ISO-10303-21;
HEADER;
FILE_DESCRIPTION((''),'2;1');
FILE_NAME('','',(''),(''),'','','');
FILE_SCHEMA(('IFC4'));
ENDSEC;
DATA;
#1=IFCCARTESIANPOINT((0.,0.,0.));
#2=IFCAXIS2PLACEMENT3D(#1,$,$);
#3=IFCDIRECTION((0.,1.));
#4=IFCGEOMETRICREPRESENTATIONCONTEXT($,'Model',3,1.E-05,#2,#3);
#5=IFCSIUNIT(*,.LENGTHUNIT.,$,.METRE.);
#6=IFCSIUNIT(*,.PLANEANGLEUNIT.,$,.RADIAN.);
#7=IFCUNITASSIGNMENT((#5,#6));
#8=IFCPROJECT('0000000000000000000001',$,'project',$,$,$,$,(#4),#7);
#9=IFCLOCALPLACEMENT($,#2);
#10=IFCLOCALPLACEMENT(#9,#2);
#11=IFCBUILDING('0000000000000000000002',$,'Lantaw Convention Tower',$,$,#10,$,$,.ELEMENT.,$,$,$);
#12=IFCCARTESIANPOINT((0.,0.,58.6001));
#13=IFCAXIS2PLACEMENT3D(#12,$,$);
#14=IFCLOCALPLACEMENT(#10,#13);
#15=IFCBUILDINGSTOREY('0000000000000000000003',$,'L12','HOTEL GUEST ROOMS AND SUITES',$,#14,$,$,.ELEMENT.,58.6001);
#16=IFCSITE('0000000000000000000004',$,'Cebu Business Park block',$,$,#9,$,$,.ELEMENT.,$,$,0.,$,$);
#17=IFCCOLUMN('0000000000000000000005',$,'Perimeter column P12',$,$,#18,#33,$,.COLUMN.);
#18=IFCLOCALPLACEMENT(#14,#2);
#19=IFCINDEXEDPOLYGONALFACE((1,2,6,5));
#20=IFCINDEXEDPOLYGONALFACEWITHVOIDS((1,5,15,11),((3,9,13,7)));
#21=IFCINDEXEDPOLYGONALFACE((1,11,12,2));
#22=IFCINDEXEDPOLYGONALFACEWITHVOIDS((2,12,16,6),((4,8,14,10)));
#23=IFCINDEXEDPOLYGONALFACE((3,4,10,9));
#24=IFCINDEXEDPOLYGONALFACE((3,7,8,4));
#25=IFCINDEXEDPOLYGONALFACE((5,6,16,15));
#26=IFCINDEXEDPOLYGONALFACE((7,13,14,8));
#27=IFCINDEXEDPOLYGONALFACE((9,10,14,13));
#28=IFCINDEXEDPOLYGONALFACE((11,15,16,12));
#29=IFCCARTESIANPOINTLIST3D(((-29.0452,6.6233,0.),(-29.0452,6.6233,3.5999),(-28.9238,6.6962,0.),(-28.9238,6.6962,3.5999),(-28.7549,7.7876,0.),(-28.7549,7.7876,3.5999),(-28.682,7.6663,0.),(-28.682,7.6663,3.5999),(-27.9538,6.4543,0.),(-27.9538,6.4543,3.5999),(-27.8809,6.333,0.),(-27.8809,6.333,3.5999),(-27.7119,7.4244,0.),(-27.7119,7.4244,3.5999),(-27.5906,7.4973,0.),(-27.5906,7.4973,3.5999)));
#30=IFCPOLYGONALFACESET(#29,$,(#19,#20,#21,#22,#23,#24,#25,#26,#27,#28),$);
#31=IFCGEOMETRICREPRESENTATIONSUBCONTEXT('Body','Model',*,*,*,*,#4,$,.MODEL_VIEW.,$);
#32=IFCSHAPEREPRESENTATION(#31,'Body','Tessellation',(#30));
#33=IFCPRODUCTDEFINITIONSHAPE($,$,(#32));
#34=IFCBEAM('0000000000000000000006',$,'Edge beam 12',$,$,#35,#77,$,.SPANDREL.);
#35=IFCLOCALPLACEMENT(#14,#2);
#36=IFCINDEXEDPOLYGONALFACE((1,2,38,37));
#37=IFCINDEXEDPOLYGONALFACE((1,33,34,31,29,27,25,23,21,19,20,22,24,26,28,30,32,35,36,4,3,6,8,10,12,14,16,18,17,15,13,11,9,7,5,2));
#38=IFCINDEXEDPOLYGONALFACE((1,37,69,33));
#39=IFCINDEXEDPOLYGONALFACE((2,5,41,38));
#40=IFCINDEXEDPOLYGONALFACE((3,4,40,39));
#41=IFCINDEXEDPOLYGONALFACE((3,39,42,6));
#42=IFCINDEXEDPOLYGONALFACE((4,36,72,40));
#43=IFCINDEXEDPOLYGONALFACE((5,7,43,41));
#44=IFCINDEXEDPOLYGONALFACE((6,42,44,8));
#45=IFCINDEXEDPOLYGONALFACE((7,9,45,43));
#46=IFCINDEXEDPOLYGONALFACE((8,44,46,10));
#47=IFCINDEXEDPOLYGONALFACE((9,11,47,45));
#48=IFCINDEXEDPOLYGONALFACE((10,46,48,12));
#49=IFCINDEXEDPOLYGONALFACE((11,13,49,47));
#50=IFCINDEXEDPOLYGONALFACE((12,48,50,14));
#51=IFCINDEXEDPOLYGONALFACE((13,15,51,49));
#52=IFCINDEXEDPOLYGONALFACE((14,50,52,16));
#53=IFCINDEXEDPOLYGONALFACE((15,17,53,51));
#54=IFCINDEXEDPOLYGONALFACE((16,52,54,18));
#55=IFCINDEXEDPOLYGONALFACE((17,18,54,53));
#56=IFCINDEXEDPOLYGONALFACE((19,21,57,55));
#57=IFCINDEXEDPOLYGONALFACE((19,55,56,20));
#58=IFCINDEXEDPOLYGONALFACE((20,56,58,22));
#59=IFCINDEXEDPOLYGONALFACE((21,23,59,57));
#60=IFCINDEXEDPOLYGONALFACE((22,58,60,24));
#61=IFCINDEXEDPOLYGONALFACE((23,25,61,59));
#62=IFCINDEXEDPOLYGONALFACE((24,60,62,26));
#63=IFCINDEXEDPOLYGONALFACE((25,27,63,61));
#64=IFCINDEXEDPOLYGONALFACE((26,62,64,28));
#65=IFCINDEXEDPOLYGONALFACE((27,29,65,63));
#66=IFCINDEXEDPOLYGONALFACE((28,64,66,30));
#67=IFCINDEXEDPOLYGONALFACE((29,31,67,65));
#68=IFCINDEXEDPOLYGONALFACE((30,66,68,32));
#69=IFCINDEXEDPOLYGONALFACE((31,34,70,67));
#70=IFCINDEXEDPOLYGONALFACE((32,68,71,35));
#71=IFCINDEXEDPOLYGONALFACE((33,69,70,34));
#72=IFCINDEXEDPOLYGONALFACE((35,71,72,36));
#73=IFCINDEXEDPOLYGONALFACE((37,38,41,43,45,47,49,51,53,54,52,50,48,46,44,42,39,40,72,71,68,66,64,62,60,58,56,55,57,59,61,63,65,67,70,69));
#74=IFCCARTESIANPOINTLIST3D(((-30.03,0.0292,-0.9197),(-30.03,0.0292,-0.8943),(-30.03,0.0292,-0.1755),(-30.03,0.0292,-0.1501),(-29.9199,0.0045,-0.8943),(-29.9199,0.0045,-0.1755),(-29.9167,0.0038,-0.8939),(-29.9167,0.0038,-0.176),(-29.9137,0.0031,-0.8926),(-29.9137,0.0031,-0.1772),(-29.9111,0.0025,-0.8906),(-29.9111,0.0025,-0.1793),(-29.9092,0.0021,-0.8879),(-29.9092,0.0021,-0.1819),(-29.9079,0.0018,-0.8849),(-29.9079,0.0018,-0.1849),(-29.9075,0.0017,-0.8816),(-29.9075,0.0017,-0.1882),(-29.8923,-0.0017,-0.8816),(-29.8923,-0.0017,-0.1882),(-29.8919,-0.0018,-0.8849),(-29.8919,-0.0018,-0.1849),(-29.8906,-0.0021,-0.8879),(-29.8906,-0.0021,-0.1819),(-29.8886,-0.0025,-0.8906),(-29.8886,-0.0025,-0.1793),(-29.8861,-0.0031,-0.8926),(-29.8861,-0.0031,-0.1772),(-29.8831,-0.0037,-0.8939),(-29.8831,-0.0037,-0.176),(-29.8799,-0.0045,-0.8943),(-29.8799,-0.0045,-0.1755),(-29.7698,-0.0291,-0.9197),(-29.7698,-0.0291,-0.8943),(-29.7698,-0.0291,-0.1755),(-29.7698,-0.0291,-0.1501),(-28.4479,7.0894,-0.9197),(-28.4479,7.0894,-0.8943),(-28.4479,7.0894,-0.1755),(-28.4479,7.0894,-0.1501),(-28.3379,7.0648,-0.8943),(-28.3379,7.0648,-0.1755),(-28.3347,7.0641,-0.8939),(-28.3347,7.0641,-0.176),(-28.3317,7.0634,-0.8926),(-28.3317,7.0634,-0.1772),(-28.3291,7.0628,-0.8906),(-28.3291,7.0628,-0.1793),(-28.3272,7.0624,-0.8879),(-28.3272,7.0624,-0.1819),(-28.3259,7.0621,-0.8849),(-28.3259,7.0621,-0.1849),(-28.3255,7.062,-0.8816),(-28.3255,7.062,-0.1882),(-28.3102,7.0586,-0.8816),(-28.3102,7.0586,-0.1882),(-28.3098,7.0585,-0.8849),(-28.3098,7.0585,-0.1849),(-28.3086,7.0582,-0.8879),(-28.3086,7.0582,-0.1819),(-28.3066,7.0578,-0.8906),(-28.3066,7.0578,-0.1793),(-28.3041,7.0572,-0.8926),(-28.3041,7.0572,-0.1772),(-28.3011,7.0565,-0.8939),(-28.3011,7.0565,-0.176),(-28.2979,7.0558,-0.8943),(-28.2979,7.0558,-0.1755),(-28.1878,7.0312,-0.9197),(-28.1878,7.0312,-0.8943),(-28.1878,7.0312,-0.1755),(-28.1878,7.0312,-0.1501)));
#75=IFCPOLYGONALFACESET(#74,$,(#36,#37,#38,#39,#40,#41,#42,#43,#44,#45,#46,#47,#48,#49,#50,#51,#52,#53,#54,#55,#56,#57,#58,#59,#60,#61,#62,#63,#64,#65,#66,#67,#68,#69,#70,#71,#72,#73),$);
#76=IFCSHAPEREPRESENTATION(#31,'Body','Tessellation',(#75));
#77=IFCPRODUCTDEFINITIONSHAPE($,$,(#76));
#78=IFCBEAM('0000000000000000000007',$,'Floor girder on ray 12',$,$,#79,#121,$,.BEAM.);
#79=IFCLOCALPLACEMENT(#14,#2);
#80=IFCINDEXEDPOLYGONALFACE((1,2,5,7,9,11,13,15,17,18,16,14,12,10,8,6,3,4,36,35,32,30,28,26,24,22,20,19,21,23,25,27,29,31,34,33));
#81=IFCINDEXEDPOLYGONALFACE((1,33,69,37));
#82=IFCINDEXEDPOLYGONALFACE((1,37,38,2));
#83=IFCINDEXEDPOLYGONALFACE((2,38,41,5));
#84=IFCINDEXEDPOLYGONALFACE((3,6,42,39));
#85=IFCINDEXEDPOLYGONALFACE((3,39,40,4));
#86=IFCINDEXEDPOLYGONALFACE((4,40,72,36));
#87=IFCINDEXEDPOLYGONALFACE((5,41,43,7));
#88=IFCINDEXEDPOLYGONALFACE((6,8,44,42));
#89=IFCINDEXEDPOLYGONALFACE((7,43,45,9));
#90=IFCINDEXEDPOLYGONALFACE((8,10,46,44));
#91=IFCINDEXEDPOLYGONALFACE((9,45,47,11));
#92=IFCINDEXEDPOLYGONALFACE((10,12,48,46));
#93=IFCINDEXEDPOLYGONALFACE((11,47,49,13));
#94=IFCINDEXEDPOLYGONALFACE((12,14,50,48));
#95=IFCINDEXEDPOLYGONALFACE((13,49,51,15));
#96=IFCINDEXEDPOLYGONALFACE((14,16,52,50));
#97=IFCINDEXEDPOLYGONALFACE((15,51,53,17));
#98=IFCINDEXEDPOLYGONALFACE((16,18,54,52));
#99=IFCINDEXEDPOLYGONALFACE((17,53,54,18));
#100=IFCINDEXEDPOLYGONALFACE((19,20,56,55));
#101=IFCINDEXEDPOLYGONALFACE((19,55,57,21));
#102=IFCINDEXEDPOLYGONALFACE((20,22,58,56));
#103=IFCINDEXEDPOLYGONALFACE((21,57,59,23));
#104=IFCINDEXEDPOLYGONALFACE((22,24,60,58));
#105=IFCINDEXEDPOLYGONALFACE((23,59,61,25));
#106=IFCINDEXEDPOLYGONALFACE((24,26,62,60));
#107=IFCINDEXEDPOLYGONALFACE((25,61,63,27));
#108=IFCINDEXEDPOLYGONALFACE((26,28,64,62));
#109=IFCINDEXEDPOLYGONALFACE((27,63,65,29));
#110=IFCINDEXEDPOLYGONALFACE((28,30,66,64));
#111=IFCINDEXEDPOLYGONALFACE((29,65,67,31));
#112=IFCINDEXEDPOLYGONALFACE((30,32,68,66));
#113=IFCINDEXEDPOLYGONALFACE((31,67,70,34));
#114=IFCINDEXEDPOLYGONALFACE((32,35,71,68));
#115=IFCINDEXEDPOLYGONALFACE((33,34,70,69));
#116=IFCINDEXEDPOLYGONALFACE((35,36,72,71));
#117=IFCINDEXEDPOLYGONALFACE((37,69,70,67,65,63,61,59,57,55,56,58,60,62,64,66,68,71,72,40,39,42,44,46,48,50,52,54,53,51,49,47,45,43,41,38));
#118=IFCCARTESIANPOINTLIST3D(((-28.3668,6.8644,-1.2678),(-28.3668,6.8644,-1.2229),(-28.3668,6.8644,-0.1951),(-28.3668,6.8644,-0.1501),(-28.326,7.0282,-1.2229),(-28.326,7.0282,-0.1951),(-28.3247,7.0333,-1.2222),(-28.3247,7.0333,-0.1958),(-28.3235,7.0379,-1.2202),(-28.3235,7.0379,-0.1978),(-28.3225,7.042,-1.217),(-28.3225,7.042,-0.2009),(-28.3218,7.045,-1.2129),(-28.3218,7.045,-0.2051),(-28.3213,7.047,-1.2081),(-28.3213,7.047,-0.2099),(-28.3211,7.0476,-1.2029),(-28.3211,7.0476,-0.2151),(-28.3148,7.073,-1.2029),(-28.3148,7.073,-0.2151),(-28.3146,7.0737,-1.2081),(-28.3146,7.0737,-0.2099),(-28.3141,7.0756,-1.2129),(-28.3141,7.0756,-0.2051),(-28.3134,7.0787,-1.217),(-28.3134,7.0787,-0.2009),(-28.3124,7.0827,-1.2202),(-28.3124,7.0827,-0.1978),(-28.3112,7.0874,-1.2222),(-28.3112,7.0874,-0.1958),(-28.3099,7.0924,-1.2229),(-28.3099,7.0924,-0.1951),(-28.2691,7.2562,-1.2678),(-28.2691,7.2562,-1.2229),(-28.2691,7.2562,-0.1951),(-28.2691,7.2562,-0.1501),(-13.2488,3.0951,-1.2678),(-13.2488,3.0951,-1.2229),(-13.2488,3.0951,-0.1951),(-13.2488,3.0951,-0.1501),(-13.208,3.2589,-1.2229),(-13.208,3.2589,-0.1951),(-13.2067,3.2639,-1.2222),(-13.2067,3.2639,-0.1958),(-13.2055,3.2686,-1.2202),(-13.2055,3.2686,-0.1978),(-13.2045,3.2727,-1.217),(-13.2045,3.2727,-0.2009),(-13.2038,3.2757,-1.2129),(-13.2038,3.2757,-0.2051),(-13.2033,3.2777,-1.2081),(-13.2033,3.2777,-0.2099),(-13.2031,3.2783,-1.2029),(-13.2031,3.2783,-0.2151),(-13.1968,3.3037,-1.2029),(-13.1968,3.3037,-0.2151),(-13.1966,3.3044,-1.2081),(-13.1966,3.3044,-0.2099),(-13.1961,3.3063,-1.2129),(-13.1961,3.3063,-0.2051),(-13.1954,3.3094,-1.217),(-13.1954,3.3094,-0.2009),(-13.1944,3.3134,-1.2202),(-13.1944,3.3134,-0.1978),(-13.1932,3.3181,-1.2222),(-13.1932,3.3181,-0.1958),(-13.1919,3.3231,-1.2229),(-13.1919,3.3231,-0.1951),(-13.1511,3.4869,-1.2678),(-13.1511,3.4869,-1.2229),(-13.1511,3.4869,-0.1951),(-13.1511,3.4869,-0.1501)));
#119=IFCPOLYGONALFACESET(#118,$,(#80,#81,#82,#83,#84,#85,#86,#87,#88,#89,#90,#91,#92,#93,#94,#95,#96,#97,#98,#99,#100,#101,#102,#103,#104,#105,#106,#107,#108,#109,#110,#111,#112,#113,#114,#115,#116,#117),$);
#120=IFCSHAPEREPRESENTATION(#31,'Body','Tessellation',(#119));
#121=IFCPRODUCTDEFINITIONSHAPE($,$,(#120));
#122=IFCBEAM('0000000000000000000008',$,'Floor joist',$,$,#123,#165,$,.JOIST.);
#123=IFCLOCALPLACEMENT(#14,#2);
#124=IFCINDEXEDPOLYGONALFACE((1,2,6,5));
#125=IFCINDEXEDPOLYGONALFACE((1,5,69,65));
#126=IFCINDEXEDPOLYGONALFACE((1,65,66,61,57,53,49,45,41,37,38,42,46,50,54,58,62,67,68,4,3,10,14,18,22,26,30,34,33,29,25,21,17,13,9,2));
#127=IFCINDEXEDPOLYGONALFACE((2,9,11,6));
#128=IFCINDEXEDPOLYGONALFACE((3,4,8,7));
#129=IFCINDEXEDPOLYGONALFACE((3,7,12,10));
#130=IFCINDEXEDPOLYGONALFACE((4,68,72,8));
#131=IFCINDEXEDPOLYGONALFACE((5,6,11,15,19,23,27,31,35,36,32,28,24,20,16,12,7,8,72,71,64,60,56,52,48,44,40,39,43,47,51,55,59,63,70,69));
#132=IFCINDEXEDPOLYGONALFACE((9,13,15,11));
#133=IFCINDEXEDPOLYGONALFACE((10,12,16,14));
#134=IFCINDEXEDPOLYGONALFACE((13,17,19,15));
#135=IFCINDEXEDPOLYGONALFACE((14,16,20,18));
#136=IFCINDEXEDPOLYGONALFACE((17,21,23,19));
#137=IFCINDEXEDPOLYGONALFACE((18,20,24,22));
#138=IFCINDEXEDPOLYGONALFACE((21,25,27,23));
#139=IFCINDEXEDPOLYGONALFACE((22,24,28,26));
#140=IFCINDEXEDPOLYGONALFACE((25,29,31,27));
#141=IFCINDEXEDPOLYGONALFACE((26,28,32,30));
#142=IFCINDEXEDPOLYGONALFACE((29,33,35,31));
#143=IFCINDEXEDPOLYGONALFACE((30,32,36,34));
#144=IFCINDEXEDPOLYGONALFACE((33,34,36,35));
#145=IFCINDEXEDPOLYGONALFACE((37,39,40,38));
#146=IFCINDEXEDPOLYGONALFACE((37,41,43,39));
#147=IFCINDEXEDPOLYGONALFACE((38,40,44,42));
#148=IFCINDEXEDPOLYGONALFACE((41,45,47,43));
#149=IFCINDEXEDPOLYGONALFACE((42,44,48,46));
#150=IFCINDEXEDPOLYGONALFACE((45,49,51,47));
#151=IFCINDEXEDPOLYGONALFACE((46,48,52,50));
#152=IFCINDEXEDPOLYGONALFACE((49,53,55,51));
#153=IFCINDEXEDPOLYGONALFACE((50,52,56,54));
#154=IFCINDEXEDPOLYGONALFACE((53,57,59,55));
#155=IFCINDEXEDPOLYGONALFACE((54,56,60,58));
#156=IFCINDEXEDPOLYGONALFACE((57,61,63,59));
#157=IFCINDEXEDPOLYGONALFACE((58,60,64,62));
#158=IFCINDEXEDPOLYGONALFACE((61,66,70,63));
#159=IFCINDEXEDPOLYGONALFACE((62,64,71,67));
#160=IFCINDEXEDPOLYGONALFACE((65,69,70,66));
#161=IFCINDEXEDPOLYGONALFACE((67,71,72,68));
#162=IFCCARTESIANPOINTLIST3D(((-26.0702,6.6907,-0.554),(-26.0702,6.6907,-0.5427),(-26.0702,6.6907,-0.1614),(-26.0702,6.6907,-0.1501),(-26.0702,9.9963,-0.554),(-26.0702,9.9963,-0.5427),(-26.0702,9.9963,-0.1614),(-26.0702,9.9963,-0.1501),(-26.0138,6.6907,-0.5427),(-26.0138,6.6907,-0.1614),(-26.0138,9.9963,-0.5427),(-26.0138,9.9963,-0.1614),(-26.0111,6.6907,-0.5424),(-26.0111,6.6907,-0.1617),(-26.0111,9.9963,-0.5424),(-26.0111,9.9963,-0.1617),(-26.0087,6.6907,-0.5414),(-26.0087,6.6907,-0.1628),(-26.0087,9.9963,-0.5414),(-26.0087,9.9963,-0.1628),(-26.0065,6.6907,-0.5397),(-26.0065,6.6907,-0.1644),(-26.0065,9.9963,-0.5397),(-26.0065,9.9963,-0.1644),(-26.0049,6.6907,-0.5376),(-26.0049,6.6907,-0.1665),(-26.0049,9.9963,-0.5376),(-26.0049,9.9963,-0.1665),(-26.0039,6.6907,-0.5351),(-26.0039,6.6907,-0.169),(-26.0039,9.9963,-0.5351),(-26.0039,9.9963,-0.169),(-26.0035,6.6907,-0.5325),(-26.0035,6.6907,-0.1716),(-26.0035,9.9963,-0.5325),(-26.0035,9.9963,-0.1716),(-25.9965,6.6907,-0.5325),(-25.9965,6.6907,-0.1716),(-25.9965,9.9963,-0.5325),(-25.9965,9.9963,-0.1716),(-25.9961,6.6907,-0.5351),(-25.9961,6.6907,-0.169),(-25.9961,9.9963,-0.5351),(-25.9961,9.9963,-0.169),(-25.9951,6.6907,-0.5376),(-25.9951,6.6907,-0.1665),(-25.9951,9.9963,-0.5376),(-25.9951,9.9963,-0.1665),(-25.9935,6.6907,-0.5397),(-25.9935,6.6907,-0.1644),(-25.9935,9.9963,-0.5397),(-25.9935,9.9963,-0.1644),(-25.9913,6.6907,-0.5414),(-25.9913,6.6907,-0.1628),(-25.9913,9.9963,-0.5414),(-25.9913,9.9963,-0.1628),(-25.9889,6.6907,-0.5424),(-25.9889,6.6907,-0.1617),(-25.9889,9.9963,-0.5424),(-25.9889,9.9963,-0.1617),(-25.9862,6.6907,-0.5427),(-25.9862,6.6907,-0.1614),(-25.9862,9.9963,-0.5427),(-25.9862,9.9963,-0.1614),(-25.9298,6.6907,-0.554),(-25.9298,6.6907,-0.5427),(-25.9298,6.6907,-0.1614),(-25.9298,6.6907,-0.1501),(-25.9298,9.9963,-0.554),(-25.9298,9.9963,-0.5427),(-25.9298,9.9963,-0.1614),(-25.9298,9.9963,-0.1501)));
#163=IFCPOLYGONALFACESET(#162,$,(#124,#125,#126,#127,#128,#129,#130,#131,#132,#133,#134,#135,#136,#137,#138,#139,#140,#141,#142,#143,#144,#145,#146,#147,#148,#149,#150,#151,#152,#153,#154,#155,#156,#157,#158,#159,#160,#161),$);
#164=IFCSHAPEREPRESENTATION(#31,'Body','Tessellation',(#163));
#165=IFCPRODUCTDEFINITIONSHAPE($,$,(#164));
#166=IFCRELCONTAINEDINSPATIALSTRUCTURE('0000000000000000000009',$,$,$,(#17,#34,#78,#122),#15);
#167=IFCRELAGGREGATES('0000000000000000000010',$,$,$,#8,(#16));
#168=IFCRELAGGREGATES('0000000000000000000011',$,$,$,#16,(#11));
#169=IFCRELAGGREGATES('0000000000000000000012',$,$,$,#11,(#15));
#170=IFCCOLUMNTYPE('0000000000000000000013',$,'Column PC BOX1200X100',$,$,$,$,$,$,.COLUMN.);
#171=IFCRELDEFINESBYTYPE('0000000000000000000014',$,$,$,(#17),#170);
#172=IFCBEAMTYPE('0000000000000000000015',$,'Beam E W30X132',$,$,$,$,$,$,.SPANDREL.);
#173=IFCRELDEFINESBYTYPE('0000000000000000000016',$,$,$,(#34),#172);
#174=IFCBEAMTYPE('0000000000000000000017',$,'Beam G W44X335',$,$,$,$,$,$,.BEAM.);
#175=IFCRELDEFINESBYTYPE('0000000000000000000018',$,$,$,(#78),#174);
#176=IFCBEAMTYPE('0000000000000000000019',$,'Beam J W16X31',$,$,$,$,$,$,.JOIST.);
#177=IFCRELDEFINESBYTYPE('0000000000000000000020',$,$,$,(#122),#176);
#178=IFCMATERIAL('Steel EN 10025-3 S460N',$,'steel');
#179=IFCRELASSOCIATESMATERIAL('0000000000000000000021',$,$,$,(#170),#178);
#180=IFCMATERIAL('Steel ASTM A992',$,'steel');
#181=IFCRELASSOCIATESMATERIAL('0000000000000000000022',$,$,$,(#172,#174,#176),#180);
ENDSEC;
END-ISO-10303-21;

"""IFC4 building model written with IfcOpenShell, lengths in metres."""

from ifc_helpers import new_model, si_unit, direction, frame, origin, origin_2d, place, context, subcontext, project, spatial, rectangle, hollow_rectangle, i_section, extrude, material, material_profile, profile_set, type_object, element, save


model = new_model("IFC4")

# Units and contexts
model_context = context("Model", 3, precision=1e-05, world=origin(), true_north=direction((0.0, 1.0)))
body_context = subcontext(model_context, "Body", "Model", "MODEL_VIEW")
ifc_project = project(units=[si_unit("LENGTHUNIT", "METRE"), si_unit("PLANEANGLEUNIT", "RADIAN")], contexts=[model_context])

# Site, building, storey
site_placement = place(None, origin())
site = spatial("IfcSite", under=ifc_project, at=site_placement, Name="Cebu Business Park block", CompositionType="ELEMENT", RefElevation=0.0)
building_placement = place(site_placement, origin())
building = spatial("IfcBuilding", under=site, at=building_placement, Name="Lantaw Convention Tower", CompositionType="ELEMENT")
storey_placement = place(building_placement, frame((0.0, 0.0, 58.6001)))
storey = spatial("IfcBuildingStorey", under=building, at=storey_placement, Name="L12", Description="HOTEL GUEST ROOMS AND SUITES", CompositionType="ELEMENT", Elevation=58.6001)

# Column
ifc_material_1 = material(Name="Steel EN 10025-3 S460N", Category="steel")
ifc_material_profile_1 = material_profile(ifc_material_1, hollow_rectangle(XDim=1.2, YDim=1.2, WallThickness=0.1001, at=origin_2d()), Name="BOX1200X100")
ifc_material_2 = material(Name="Concrete C60/75", Category="concrete")
ifc_material_profile_2 = material_profile(ifc_material_2, rectangle(XDim=1.0, YDim=1.0, at=origin_2d()), Name="Concrete fill of BOX1200X100")
ifc_profile_set_1 = profile_set([ifc_material_profile_1, ifc_material_profile_2], Name="Steel EN 10025-3 S460N")
column_type = type_object("IfcColumnType", Name="Column PC BOX1200X100", PredefinedType="COLUMN", material=ifc_profile_set_1)
column_placement = place(storey_placement, frame((-28.3179, 7.0603, 0.0), z_axis=(0.0, 0.0, 1.0), x_axis=(0.241922, 0.970296, 0.0)))
element("IfcColumn", 1, at=column_placement, inside=storey, type_object=column_type, Name="Perimeter column P12", PredefinedType="COLUMN", context=body_context, shape_type="SweptSolid", body=[
    extrude(hollow_rectangle(XDim=1.2, YDim=1.2, WallThickness=0.1001, at=origin_2d()), origin(), (0.0, 0.0, 1.0), 3.5999),
])

# Beams
ifc_material_3 = material(Name="Steel ASTM A992", Category="steel")
ifc_material_profile_3 = material_profile(ifc_material_3, i_section(OverallWidth=0.2666, OverallDepth=0.7695, WebThickness=0.0156, FlangeThickness=0.0254, FilletRadius=0.0127, at=origin_2d()), Name="W30X132")
ifc_profile_set_2 = profile_set([ifc_material_profile_3], Name="Steel ASTM A992")
beam_type_1 = type_object("IfcBeamType", Name="Beam E W30X132", PredefinedType="SPANDREL", material=ifc_profile_set_2)
beam_1_placement = place(storey_placement, frame((-28.3179, 7.0603, -0.5349), z_axis=(-0.218652, -0.975803, 0.0), x_axis=(0.975803, -0.218652, 0.0)))
element("IfcBeam", 2, at=beam_1_placement, inside=storey, type_object=beam_type_1, Name="Edge beam 12", PredefinedType="SPANDREL", context=body_context, shape_type="SweptSolid", body=[
    extrude(i_section(OverallWidth=0.2666, OverallDepth=0.7695, WebThickness=0.0156, FlangeThickness=0.0254, FilletRadius=0.0127, at=origin_2d()), origin(), (0.0, 0.0, 1.0), 7.2354),
])
ifc_material_profile_4 = material_profile(ifc_material_3, i_section(OverallWidth=0.4038, OverallDepth=1.1177, WebThickness=0.0261, FlangeThickness=0.0449, FilletRadius=0.02, at=origin_2d()), Name="W44X335")
ifc_profile_set_3 = profile_set([ifc_material_profile_4], Name="Steel ASTM A992")
beam_type_2 = type_object("IfcBeamType", Name="Beam G W44X335", PredefinedType="BEAM", material=ifc_profile_set_3)
beam_2_placement = place(storey_placement, frame((-13.2, 3.291, -0.709), z_axis=(-0.970296, 0.24192, 0.0), x_axis=(-0.24192, -0.970296, 0.0)))
element("IfcBeam", 3, at=beam_2_placement, inside=storey, type_object=beam_type_2, Name="Floor girder on ray 12", PredefinedType="BEAM", context=body_context, shape_type="SweptSolid", body=[
    extrude(i_section(OverallWidth=0.4038, OverallDepth=1.1177, WebThickness=0.0261, FlangeThickness=0.0449, FilletRadius=0.02, at=origin_2d()), origin(), (0.0, 0.0, 1.0), 15.5808),
])
ifc_material_profile_5 = material_profile(ifc_material_3, i_section(OverallWidth=0.1404, OverallDepth=0.4038, WebThickness=0.0071, FlangeThickness=0.0112, FilletRadius=0.0103, at=origin_2d()), Name="W16X31")
ifc_profile_set_4 = profile_set([ifc_material_profile_5], Name="Steel ASTM A992")
beam_type_3 = type_object("IfcBeamType", Name="Beam J W16X31", PredefinedType="JOIST", material=ifc_profile_set_4)
beam_3_placement = place(storey_placement, frame((-26.0, 6.6907, -0.3521), z_axis=(0.0, 1.0, 0.0), x_axis=(-1.0, 0.0, 0.0)))
element("IfcBeam", 4, at=beam_3_placement, inside=storey, type_object=beam_type_3, Name="Floor joist", PredefinedType="JOIST", context=body_context, shape_type="SweptSolid", body=[
    extrude(i_section(OverallWidth=0.1404, OverallDepth=0.4038, WebThickness=0.0071, FlangeThickness=0.0112, FilletRadius=0.0103, at=origin_2d()), origin(), (0.0, 0.0, 1.0), 3.3057),
])

save(model, "model.ifc")
